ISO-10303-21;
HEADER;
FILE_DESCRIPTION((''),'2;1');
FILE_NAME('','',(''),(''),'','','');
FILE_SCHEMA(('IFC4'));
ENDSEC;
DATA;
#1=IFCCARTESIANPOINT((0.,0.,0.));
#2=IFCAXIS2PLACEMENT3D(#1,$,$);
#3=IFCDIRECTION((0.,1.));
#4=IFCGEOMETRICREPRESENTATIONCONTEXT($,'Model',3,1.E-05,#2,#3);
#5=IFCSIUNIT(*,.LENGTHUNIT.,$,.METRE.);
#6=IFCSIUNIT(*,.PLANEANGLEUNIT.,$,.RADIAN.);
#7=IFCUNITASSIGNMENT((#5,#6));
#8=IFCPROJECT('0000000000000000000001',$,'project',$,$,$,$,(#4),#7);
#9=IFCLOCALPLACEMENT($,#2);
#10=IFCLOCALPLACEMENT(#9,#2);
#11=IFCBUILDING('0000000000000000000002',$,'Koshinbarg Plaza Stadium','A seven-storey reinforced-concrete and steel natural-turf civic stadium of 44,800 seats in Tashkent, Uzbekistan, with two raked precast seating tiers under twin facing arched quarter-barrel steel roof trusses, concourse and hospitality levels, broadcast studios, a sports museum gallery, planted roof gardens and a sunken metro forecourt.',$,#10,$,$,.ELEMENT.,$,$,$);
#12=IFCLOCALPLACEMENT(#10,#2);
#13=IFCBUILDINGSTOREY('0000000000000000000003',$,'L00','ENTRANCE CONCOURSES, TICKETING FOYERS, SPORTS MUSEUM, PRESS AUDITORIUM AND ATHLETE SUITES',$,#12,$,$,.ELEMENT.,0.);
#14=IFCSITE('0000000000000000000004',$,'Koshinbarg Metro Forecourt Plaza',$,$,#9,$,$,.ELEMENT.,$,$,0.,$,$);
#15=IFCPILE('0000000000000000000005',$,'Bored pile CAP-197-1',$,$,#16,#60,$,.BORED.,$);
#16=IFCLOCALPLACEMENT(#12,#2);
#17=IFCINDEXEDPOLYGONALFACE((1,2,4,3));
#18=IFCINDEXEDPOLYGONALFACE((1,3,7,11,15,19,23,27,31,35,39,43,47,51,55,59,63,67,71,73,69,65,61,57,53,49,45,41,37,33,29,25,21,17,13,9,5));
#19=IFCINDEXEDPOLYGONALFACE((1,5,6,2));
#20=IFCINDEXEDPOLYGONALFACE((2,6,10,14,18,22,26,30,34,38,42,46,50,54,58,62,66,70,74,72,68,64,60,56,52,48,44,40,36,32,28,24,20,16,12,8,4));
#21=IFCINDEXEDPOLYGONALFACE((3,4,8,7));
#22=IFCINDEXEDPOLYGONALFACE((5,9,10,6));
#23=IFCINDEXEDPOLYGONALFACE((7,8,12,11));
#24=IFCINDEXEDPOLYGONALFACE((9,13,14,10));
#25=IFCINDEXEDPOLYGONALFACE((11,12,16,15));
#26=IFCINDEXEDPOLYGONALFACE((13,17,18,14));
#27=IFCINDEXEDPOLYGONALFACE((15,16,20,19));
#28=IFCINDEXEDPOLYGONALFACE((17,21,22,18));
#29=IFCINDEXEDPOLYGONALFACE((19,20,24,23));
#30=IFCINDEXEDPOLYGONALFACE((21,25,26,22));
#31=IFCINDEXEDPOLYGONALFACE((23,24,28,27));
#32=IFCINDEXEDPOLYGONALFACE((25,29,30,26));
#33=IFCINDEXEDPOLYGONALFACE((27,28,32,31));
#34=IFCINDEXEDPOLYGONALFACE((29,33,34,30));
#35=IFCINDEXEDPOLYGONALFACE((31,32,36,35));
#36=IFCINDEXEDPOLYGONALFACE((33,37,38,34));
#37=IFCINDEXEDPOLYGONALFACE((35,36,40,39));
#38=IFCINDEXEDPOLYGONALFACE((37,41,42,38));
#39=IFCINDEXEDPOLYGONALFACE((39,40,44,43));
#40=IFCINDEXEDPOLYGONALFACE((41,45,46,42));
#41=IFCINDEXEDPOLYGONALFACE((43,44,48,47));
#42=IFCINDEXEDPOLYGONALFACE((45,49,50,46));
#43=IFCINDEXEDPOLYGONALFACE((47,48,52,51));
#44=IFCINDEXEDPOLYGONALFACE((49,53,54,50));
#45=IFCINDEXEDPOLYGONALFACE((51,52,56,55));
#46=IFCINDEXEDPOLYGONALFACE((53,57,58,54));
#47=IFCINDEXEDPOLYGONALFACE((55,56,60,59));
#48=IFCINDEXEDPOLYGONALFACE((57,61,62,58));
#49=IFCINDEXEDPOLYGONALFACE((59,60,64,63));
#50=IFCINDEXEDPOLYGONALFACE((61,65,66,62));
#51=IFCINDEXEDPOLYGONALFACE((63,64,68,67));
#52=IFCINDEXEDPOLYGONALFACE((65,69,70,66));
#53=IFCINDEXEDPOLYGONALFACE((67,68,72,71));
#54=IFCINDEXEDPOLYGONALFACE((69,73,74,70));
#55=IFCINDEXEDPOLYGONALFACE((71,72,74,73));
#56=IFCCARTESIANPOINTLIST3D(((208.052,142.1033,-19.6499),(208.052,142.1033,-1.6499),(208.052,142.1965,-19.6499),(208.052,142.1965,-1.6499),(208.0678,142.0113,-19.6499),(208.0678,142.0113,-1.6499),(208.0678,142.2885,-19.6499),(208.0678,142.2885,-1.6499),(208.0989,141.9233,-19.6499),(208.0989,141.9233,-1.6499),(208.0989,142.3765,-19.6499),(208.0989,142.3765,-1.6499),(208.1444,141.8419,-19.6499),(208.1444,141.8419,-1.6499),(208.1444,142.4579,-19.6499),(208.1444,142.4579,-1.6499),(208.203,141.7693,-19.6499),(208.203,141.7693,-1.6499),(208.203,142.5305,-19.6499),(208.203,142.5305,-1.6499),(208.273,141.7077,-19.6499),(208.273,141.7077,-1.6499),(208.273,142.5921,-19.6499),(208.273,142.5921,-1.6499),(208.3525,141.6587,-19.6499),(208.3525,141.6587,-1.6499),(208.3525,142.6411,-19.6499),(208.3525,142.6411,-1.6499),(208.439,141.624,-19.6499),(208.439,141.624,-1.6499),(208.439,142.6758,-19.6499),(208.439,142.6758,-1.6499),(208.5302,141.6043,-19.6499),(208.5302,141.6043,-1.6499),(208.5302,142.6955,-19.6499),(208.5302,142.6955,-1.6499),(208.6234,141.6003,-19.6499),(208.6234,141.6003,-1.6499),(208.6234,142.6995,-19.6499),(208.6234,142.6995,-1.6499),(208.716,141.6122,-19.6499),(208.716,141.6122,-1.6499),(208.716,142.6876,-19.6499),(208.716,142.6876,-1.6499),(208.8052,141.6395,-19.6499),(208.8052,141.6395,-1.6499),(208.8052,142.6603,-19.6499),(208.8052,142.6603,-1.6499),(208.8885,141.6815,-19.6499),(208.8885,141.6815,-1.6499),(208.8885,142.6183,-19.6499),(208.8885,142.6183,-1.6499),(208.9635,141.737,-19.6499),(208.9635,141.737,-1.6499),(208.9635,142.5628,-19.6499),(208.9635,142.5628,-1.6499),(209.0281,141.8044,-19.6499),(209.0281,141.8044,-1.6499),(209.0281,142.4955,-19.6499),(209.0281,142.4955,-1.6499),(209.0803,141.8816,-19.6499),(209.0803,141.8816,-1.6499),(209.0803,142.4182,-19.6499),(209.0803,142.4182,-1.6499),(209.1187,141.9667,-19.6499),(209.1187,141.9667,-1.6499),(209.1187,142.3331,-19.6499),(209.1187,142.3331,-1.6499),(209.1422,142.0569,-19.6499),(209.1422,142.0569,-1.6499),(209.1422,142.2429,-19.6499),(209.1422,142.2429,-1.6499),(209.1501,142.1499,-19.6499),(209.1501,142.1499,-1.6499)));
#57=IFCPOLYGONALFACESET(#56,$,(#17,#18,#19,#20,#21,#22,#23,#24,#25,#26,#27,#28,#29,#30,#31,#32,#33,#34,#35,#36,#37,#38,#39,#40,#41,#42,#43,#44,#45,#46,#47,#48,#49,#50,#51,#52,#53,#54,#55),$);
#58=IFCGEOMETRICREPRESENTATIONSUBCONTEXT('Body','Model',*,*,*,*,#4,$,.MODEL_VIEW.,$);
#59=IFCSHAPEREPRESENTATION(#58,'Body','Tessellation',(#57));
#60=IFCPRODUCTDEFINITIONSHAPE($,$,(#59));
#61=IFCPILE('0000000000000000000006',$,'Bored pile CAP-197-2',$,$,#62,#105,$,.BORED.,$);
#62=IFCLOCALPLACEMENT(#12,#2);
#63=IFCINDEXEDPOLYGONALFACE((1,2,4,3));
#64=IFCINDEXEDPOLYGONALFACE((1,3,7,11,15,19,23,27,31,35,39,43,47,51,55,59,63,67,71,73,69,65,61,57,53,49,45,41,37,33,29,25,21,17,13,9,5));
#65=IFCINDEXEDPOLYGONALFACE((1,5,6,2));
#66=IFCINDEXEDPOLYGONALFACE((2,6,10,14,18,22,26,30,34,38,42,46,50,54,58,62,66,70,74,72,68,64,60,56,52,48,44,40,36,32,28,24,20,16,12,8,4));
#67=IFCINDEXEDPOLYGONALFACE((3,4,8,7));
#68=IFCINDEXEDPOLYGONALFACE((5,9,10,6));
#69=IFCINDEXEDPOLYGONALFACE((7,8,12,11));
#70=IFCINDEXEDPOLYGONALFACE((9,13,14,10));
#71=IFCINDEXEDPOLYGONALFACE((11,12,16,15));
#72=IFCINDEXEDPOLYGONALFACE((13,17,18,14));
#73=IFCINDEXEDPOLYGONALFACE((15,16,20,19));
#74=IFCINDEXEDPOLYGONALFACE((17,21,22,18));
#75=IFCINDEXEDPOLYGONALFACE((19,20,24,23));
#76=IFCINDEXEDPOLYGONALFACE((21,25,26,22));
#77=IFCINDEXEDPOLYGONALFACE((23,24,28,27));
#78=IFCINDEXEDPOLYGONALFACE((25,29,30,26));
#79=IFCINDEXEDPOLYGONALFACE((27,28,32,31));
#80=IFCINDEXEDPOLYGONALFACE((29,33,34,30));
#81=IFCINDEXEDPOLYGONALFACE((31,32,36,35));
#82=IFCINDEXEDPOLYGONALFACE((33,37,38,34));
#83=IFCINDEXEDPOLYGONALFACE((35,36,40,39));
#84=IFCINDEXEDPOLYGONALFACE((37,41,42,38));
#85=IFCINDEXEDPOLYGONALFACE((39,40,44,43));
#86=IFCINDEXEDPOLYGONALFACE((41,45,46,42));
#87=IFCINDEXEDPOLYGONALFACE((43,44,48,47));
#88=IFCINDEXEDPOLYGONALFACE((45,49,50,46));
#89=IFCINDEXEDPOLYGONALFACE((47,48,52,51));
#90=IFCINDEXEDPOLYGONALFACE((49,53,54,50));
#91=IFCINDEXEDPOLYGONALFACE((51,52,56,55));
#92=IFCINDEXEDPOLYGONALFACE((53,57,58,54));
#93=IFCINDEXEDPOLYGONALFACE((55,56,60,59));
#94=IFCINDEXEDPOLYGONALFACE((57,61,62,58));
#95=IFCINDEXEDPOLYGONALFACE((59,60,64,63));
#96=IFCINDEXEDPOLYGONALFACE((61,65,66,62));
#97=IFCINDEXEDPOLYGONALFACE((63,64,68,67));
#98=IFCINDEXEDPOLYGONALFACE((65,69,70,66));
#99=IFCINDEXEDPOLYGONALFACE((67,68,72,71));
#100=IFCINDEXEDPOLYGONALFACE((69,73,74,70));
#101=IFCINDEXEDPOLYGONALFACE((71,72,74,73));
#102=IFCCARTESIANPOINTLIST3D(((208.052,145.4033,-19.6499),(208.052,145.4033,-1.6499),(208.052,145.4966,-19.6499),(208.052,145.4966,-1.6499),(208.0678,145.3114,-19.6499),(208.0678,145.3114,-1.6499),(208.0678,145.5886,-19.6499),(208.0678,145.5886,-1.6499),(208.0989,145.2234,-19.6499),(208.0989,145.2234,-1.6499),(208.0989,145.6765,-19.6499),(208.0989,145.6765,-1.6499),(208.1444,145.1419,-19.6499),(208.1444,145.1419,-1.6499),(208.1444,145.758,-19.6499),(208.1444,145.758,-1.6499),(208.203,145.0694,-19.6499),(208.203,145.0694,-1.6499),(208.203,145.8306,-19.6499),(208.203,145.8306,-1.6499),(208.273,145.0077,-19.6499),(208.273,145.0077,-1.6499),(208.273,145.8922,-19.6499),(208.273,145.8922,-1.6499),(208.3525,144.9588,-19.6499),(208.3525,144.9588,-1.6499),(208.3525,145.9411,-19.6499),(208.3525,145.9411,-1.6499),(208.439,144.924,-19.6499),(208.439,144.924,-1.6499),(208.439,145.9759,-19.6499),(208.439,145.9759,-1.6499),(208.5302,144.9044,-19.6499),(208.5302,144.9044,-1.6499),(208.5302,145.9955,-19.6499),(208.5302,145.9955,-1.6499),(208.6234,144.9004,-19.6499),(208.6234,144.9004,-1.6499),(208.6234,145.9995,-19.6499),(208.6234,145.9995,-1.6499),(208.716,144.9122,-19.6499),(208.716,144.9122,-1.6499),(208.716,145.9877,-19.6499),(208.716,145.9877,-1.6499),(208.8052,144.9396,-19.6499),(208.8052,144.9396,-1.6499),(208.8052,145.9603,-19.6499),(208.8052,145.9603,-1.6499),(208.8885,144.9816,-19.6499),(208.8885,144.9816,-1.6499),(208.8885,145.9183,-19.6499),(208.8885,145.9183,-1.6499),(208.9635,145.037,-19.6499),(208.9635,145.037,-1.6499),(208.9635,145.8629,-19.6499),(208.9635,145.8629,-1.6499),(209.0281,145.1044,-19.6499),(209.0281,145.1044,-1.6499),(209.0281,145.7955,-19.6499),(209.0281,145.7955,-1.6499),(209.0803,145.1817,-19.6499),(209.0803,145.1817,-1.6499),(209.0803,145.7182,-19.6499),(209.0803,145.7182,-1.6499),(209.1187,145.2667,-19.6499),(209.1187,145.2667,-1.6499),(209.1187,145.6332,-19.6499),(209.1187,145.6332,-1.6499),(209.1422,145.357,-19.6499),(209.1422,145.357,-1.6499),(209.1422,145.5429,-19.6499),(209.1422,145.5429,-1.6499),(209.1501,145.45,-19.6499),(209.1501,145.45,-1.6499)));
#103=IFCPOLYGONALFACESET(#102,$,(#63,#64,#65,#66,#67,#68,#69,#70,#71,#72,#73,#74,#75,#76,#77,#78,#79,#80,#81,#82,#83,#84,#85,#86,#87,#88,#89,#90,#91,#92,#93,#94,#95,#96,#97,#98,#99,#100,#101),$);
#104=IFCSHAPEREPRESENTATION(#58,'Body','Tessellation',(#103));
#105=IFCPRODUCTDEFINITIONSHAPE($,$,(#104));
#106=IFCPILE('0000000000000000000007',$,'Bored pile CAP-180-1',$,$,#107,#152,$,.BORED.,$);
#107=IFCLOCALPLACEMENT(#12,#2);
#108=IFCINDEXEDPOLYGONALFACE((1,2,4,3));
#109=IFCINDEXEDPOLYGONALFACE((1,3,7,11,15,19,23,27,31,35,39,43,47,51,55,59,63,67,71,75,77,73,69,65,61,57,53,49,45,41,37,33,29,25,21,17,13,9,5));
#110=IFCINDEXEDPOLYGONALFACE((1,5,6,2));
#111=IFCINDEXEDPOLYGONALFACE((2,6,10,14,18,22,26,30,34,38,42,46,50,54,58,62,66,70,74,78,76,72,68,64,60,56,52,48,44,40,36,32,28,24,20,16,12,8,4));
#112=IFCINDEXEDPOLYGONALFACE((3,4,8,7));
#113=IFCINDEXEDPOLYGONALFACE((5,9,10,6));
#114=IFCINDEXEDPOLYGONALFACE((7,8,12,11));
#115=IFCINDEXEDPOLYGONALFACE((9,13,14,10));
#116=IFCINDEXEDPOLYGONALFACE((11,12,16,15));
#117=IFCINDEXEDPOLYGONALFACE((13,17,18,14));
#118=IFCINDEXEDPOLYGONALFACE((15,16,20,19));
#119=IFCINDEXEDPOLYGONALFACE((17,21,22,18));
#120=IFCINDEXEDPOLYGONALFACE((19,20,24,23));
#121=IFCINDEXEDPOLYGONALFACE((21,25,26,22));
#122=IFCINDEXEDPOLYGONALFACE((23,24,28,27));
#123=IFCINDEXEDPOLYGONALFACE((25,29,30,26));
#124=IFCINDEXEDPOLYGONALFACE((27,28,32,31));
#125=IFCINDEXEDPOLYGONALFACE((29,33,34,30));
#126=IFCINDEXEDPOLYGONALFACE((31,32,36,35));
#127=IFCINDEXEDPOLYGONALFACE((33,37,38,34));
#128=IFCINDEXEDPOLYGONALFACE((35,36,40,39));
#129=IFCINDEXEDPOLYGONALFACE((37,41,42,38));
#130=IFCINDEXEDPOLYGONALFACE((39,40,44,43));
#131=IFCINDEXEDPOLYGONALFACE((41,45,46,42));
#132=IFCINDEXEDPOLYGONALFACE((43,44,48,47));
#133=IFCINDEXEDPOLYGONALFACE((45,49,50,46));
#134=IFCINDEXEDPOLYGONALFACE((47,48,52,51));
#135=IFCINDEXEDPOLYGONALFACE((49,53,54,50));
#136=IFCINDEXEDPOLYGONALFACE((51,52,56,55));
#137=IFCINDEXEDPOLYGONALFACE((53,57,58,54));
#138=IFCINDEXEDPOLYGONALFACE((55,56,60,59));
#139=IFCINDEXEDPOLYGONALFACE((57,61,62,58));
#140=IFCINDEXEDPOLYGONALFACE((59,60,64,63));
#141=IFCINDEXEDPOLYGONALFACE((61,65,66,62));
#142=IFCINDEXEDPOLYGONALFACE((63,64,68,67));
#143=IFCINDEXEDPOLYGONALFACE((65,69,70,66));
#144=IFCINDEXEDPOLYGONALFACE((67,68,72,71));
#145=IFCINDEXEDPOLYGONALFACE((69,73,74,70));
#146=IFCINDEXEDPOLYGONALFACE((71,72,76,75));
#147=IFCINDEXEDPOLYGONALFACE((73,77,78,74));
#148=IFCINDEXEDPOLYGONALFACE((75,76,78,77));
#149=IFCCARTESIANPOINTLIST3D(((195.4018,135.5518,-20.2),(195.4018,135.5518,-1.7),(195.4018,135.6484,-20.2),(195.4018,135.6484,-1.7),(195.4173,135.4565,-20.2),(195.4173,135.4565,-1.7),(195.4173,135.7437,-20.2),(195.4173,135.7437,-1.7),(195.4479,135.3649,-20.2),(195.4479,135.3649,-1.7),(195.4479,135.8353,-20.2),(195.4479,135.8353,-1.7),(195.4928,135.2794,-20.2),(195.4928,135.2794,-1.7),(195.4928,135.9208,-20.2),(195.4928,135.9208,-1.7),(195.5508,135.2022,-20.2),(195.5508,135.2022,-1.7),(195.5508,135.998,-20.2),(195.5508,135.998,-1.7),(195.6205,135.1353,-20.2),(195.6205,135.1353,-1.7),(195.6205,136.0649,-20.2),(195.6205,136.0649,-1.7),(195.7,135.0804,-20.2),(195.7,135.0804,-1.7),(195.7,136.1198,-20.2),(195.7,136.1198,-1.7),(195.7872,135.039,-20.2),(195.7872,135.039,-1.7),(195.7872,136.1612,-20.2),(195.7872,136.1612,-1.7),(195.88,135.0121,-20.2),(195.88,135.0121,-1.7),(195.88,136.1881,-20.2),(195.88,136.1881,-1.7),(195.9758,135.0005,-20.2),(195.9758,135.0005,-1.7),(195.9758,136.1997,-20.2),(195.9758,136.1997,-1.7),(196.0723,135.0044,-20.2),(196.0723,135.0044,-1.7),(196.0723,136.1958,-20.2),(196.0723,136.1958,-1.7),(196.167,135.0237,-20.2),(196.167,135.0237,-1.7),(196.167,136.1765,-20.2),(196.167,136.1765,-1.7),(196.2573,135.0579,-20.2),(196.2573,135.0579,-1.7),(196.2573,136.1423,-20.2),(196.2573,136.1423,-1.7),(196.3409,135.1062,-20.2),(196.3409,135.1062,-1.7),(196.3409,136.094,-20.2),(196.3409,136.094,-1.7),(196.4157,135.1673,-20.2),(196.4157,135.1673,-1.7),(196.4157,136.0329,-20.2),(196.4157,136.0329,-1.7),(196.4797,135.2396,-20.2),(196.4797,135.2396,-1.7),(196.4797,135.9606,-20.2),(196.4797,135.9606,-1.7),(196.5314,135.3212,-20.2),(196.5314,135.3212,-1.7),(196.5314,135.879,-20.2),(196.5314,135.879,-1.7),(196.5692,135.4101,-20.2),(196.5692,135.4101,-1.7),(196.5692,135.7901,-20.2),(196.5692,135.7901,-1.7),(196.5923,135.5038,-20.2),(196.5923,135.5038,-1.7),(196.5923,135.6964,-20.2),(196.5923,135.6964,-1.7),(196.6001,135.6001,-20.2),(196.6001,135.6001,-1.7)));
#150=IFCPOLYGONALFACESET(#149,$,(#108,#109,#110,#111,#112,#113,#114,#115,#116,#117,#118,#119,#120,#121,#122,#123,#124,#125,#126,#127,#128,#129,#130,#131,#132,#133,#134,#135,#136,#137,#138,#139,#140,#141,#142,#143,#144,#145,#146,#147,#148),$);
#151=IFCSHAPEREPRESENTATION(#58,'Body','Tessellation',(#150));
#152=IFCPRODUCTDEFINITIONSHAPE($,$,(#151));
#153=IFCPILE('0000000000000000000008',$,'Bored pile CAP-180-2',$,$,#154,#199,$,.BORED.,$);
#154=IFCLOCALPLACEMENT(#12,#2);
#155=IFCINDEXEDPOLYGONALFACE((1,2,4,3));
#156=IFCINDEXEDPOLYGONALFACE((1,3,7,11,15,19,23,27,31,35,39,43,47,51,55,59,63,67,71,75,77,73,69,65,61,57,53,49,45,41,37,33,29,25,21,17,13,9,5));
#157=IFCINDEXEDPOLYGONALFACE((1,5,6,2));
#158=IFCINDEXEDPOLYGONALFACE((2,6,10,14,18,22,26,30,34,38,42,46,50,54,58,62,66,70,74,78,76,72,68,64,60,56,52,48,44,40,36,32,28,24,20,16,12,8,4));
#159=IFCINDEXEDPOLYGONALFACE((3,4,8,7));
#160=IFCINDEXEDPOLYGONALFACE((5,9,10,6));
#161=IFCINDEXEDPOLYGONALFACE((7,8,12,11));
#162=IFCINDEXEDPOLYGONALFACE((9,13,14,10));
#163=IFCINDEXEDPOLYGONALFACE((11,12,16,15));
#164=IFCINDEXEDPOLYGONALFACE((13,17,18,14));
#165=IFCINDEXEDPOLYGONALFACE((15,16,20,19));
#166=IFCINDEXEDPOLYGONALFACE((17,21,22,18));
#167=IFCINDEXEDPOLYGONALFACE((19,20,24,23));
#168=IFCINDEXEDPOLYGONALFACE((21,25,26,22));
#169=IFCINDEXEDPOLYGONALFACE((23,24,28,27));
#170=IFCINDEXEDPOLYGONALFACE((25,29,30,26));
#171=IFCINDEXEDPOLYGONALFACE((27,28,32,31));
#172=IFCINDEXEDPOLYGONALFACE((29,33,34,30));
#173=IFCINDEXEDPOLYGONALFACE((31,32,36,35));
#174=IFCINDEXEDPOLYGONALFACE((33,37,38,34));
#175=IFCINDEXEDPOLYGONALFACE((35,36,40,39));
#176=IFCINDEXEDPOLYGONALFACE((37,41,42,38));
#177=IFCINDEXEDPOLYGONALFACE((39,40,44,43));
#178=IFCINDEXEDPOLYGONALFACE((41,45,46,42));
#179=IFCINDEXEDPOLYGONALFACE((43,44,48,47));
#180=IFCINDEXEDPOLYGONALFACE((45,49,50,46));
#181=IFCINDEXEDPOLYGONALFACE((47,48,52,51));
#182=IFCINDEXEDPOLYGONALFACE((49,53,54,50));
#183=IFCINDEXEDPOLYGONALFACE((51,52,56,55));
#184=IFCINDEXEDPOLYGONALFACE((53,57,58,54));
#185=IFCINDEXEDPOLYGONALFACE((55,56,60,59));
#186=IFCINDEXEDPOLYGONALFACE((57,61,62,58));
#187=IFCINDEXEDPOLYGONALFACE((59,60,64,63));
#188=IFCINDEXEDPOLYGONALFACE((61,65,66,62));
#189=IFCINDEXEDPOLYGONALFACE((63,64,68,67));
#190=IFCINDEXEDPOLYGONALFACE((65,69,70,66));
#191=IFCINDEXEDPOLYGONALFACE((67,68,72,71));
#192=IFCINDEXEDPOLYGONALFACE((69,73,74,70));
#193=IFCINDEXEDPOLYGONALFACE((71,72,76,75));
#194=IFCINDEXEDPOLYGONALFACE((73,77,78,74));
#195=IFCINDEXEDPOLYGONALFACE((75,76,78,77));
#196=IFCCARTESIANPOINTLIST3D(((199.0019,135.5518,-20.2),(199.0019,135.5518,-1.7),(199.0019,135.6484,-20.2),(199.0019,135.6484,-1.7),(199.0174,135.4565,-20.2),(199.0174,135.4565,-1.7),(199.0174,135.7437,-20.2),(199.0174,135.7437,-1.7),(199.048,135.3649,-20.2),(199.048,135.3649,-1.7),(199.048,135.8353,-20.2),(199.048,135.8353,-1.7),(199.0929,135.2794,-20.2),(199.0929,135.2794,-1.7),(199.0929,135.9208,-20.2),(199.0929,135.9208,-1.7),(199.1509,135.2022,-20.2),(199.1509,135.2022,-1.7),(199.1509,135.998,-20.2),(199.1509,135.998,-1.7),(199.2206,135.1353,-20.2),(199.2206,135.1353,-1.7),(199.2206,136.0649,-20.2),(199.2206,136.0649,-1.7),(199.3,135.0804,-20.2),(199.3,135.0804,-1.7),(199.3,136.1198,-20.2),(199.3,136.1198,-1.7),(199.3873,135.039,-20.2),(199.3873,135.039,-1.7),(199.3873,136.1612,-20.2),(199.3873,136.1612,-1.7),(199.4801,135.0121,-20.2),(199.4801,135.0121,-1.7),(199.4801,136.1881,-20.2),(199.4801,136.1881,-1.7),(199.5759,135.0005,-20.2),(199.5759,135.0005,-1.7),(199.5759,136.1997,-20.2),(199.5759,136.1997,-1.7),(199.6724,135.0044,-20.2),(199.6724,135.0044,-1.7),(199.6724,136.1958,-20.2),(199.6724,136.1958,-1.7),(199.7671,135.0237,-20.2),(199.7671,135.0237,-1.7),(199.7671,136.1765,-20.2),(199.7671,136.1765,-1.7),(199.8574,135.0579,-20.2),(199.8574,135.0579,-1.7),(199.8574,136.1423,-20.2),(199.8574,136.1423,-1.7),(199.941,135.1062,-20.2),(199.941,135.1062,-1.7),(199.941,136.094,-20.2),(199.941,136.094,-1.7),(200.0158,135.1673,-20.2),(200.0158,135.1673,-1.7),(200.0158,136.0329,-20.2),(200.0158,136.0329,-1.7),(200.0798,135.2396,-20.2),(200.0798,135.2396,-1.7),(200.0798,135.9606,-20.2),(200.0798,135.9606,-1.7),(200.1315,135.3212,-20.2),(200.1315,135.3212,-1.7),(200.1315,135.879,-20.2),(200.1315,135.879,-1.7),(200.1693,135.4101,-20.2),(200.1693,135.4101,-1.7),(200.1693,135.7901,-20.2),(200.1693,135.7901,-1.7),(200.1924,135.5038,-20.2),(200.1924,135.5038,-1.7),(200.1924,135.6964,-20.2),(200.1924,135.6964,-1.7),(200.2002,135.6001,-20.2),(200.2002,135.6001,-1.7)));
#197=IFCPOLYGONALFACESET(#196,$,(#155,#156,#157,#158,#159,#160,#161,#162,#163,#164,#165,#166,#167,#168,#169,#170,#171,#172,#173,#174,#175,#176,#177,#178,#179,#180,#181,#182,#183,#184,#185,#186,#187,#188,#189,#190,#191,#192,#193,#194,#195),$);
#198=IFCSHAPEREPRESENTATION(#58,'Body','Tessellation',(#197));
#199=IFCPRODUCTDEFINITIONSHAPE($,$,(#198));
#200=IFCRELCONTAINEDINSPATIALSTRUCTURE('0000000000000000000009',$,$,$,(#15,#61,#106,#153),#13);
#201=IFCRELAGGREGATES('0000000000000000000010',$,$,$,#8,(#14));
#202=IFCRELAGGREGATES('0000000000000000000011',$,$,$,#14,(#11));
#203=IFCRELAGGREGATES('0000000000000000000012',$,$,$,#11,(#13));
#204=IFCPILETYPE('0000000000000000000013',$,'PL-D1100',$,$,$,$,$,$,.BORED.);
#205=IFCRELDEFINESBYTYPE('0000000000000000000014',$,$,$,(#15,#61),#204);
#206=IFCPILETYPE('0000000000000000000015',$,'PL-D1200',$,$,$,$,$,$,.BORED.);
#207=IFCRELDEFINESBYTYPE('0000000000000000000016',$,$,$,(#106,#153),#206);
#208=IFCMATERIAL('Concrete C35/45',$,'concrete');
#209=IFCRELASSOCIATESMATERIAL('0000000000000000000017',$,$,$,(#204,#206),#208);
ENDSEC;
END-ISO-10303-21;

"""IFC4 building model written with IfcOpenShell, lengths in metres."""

from ifc_helpers import new_model, si_unit, direction, frame, origin, origin_2d, place, context, subcontext, project, spatial, circle, extrude, material, material_profile, profile_set, type_object, element, save


model = new_model("IFC4")

# Units and contexts
model_context = context("Model", 3, precision=1e-05, world=origin(), true_north=direction((0.0, 1.0)))
body_context = subcontext(model_context, "Body", "Model", "MODEL_VIEW")
ifc_project = project(units=[si_unit("LENGTHUNIT", "METRE"), si_unit("PLANEANGLEUNIT", "RADIAN")], contexts=[model_context])

# Site, building, storey
site_placement = place(None, origin())
site = spatial("IfcSite", under=ifc_project, at=site_placement, Name="Koshinbarg Metro Forecourt Plaza", CompositionType="ELEMENT", RefElevation=0.0)
building_placement = place(site_placement, origin())
building = spatial("IfcBuilding", under=site, at=building_placement, Name="Koshinbarg Plaza Stadium", Description="A seven-storey reinforced-concrete and steel natural-turf civic stadium of 44,800 seats in Tashkent, Uzbekistan, with two raked precast seating tiers under twin facing arched quarter-barrel steel roof trusses, concourse and hospitality levels, broadcast studios, a sports museum gallery, planted roof gardens and a sunken metro forecourt.", CompositionType="ELEMENT")
storey_placement = place(building_placement, origin())
storey = spatial("IfcBuildingStorey", under=building, at=storey_placement, Name="L00", Description="ENTRANCE CONCOURSES, TICKETING FOYERS, SPORTS MUSEUM, PRESS AUDITORIUM AND ATHLETE SUITES", CompositionType="ELEMENT", Elevation=0.0)

# Shared definitions
ifc_material_1 = material(Name="Concrete C35/45", Category="concrete")

# Piles
ifc_material_profile_1 = material_profile(ifc_material_1, circle(Radius=0.55, at=origin_2d()), Name="PILE D1100")
ifc_profile_set_1 = profile_set([ifc_material_profile_1], Name="Concrete C35/45")
pile_type_1 = type_object("IfcPileType", Name="PL-D1100", PredefinedType="BORED", material=ifc_profile_set_1)
for number, where, z_axis, x_axis, name in (
    (1, (208.6001, 142.1499, -1.6499), (0.0, 0.0, -1.0), (1.0, 0.0, 0.0), "Bored pile CAP-197-1"),
    (2, (208.6001, 145.45, -1.6499), (0.0, 0.0, -1.0), (1.0, 0.0, 0.0), "Bored pile CAP-197-2"),
):
    element("IfcPile", number, at=place(storey_placement, frame(where, z_axis=z_axis, x_axis=x_axis)), inside=storey, type_object=pile_type_1, Name=name, PredefinedType="BORED", context=body_context, shape_type="SweptSolid", body=[
        extrude(circle(Radius=0.55, at=origin_2d()), origin(), (0.0, 0.0, 1.0), 18.0),
    ])
ifc_material_profile_2 = material_profile(ifc_material_1, circle(Radius=0.6001, at=origin_2d()), Name="PILE D1200")
ifc_profile_set_2 = profile_set([ifc_material_profile_2], Name="Concrete C35/45")
pile_type_2 = type_object("IfcPileType", Name="PL-D1200", PredefinedType="BORED", material=ifc_profile_set_2)
for number, where, z_axis, x_axis, name in (
    (3, (196.0, 135.6001, -1.7), (0.0, 0.0, -1.0), (1.0, 0.0, 0.0), "Bored pile CAP-180-1"),
    (4, (199.6001, 135.6001, -1.7), (0.0, 0.0, -1.0), (1.0, 0.0, 0.0), "Bored pile CAP-180-2"),
):
    element("IfcPile", number, at=place(storey_placement, frame(where, z_axis=z_axis, x_axis=x_axis)), inside=storey, type_object=pile_type_2, Name=name, PredefinedType="BORED", context=body_context, shape_type="SweptSolid", body=[
        extrude(circle(Radius=0.6001, at=origin_2d()), origin(), (0.0, 0.0, 1.0), 18.5),
    ])

save(model, "model.ifc")
